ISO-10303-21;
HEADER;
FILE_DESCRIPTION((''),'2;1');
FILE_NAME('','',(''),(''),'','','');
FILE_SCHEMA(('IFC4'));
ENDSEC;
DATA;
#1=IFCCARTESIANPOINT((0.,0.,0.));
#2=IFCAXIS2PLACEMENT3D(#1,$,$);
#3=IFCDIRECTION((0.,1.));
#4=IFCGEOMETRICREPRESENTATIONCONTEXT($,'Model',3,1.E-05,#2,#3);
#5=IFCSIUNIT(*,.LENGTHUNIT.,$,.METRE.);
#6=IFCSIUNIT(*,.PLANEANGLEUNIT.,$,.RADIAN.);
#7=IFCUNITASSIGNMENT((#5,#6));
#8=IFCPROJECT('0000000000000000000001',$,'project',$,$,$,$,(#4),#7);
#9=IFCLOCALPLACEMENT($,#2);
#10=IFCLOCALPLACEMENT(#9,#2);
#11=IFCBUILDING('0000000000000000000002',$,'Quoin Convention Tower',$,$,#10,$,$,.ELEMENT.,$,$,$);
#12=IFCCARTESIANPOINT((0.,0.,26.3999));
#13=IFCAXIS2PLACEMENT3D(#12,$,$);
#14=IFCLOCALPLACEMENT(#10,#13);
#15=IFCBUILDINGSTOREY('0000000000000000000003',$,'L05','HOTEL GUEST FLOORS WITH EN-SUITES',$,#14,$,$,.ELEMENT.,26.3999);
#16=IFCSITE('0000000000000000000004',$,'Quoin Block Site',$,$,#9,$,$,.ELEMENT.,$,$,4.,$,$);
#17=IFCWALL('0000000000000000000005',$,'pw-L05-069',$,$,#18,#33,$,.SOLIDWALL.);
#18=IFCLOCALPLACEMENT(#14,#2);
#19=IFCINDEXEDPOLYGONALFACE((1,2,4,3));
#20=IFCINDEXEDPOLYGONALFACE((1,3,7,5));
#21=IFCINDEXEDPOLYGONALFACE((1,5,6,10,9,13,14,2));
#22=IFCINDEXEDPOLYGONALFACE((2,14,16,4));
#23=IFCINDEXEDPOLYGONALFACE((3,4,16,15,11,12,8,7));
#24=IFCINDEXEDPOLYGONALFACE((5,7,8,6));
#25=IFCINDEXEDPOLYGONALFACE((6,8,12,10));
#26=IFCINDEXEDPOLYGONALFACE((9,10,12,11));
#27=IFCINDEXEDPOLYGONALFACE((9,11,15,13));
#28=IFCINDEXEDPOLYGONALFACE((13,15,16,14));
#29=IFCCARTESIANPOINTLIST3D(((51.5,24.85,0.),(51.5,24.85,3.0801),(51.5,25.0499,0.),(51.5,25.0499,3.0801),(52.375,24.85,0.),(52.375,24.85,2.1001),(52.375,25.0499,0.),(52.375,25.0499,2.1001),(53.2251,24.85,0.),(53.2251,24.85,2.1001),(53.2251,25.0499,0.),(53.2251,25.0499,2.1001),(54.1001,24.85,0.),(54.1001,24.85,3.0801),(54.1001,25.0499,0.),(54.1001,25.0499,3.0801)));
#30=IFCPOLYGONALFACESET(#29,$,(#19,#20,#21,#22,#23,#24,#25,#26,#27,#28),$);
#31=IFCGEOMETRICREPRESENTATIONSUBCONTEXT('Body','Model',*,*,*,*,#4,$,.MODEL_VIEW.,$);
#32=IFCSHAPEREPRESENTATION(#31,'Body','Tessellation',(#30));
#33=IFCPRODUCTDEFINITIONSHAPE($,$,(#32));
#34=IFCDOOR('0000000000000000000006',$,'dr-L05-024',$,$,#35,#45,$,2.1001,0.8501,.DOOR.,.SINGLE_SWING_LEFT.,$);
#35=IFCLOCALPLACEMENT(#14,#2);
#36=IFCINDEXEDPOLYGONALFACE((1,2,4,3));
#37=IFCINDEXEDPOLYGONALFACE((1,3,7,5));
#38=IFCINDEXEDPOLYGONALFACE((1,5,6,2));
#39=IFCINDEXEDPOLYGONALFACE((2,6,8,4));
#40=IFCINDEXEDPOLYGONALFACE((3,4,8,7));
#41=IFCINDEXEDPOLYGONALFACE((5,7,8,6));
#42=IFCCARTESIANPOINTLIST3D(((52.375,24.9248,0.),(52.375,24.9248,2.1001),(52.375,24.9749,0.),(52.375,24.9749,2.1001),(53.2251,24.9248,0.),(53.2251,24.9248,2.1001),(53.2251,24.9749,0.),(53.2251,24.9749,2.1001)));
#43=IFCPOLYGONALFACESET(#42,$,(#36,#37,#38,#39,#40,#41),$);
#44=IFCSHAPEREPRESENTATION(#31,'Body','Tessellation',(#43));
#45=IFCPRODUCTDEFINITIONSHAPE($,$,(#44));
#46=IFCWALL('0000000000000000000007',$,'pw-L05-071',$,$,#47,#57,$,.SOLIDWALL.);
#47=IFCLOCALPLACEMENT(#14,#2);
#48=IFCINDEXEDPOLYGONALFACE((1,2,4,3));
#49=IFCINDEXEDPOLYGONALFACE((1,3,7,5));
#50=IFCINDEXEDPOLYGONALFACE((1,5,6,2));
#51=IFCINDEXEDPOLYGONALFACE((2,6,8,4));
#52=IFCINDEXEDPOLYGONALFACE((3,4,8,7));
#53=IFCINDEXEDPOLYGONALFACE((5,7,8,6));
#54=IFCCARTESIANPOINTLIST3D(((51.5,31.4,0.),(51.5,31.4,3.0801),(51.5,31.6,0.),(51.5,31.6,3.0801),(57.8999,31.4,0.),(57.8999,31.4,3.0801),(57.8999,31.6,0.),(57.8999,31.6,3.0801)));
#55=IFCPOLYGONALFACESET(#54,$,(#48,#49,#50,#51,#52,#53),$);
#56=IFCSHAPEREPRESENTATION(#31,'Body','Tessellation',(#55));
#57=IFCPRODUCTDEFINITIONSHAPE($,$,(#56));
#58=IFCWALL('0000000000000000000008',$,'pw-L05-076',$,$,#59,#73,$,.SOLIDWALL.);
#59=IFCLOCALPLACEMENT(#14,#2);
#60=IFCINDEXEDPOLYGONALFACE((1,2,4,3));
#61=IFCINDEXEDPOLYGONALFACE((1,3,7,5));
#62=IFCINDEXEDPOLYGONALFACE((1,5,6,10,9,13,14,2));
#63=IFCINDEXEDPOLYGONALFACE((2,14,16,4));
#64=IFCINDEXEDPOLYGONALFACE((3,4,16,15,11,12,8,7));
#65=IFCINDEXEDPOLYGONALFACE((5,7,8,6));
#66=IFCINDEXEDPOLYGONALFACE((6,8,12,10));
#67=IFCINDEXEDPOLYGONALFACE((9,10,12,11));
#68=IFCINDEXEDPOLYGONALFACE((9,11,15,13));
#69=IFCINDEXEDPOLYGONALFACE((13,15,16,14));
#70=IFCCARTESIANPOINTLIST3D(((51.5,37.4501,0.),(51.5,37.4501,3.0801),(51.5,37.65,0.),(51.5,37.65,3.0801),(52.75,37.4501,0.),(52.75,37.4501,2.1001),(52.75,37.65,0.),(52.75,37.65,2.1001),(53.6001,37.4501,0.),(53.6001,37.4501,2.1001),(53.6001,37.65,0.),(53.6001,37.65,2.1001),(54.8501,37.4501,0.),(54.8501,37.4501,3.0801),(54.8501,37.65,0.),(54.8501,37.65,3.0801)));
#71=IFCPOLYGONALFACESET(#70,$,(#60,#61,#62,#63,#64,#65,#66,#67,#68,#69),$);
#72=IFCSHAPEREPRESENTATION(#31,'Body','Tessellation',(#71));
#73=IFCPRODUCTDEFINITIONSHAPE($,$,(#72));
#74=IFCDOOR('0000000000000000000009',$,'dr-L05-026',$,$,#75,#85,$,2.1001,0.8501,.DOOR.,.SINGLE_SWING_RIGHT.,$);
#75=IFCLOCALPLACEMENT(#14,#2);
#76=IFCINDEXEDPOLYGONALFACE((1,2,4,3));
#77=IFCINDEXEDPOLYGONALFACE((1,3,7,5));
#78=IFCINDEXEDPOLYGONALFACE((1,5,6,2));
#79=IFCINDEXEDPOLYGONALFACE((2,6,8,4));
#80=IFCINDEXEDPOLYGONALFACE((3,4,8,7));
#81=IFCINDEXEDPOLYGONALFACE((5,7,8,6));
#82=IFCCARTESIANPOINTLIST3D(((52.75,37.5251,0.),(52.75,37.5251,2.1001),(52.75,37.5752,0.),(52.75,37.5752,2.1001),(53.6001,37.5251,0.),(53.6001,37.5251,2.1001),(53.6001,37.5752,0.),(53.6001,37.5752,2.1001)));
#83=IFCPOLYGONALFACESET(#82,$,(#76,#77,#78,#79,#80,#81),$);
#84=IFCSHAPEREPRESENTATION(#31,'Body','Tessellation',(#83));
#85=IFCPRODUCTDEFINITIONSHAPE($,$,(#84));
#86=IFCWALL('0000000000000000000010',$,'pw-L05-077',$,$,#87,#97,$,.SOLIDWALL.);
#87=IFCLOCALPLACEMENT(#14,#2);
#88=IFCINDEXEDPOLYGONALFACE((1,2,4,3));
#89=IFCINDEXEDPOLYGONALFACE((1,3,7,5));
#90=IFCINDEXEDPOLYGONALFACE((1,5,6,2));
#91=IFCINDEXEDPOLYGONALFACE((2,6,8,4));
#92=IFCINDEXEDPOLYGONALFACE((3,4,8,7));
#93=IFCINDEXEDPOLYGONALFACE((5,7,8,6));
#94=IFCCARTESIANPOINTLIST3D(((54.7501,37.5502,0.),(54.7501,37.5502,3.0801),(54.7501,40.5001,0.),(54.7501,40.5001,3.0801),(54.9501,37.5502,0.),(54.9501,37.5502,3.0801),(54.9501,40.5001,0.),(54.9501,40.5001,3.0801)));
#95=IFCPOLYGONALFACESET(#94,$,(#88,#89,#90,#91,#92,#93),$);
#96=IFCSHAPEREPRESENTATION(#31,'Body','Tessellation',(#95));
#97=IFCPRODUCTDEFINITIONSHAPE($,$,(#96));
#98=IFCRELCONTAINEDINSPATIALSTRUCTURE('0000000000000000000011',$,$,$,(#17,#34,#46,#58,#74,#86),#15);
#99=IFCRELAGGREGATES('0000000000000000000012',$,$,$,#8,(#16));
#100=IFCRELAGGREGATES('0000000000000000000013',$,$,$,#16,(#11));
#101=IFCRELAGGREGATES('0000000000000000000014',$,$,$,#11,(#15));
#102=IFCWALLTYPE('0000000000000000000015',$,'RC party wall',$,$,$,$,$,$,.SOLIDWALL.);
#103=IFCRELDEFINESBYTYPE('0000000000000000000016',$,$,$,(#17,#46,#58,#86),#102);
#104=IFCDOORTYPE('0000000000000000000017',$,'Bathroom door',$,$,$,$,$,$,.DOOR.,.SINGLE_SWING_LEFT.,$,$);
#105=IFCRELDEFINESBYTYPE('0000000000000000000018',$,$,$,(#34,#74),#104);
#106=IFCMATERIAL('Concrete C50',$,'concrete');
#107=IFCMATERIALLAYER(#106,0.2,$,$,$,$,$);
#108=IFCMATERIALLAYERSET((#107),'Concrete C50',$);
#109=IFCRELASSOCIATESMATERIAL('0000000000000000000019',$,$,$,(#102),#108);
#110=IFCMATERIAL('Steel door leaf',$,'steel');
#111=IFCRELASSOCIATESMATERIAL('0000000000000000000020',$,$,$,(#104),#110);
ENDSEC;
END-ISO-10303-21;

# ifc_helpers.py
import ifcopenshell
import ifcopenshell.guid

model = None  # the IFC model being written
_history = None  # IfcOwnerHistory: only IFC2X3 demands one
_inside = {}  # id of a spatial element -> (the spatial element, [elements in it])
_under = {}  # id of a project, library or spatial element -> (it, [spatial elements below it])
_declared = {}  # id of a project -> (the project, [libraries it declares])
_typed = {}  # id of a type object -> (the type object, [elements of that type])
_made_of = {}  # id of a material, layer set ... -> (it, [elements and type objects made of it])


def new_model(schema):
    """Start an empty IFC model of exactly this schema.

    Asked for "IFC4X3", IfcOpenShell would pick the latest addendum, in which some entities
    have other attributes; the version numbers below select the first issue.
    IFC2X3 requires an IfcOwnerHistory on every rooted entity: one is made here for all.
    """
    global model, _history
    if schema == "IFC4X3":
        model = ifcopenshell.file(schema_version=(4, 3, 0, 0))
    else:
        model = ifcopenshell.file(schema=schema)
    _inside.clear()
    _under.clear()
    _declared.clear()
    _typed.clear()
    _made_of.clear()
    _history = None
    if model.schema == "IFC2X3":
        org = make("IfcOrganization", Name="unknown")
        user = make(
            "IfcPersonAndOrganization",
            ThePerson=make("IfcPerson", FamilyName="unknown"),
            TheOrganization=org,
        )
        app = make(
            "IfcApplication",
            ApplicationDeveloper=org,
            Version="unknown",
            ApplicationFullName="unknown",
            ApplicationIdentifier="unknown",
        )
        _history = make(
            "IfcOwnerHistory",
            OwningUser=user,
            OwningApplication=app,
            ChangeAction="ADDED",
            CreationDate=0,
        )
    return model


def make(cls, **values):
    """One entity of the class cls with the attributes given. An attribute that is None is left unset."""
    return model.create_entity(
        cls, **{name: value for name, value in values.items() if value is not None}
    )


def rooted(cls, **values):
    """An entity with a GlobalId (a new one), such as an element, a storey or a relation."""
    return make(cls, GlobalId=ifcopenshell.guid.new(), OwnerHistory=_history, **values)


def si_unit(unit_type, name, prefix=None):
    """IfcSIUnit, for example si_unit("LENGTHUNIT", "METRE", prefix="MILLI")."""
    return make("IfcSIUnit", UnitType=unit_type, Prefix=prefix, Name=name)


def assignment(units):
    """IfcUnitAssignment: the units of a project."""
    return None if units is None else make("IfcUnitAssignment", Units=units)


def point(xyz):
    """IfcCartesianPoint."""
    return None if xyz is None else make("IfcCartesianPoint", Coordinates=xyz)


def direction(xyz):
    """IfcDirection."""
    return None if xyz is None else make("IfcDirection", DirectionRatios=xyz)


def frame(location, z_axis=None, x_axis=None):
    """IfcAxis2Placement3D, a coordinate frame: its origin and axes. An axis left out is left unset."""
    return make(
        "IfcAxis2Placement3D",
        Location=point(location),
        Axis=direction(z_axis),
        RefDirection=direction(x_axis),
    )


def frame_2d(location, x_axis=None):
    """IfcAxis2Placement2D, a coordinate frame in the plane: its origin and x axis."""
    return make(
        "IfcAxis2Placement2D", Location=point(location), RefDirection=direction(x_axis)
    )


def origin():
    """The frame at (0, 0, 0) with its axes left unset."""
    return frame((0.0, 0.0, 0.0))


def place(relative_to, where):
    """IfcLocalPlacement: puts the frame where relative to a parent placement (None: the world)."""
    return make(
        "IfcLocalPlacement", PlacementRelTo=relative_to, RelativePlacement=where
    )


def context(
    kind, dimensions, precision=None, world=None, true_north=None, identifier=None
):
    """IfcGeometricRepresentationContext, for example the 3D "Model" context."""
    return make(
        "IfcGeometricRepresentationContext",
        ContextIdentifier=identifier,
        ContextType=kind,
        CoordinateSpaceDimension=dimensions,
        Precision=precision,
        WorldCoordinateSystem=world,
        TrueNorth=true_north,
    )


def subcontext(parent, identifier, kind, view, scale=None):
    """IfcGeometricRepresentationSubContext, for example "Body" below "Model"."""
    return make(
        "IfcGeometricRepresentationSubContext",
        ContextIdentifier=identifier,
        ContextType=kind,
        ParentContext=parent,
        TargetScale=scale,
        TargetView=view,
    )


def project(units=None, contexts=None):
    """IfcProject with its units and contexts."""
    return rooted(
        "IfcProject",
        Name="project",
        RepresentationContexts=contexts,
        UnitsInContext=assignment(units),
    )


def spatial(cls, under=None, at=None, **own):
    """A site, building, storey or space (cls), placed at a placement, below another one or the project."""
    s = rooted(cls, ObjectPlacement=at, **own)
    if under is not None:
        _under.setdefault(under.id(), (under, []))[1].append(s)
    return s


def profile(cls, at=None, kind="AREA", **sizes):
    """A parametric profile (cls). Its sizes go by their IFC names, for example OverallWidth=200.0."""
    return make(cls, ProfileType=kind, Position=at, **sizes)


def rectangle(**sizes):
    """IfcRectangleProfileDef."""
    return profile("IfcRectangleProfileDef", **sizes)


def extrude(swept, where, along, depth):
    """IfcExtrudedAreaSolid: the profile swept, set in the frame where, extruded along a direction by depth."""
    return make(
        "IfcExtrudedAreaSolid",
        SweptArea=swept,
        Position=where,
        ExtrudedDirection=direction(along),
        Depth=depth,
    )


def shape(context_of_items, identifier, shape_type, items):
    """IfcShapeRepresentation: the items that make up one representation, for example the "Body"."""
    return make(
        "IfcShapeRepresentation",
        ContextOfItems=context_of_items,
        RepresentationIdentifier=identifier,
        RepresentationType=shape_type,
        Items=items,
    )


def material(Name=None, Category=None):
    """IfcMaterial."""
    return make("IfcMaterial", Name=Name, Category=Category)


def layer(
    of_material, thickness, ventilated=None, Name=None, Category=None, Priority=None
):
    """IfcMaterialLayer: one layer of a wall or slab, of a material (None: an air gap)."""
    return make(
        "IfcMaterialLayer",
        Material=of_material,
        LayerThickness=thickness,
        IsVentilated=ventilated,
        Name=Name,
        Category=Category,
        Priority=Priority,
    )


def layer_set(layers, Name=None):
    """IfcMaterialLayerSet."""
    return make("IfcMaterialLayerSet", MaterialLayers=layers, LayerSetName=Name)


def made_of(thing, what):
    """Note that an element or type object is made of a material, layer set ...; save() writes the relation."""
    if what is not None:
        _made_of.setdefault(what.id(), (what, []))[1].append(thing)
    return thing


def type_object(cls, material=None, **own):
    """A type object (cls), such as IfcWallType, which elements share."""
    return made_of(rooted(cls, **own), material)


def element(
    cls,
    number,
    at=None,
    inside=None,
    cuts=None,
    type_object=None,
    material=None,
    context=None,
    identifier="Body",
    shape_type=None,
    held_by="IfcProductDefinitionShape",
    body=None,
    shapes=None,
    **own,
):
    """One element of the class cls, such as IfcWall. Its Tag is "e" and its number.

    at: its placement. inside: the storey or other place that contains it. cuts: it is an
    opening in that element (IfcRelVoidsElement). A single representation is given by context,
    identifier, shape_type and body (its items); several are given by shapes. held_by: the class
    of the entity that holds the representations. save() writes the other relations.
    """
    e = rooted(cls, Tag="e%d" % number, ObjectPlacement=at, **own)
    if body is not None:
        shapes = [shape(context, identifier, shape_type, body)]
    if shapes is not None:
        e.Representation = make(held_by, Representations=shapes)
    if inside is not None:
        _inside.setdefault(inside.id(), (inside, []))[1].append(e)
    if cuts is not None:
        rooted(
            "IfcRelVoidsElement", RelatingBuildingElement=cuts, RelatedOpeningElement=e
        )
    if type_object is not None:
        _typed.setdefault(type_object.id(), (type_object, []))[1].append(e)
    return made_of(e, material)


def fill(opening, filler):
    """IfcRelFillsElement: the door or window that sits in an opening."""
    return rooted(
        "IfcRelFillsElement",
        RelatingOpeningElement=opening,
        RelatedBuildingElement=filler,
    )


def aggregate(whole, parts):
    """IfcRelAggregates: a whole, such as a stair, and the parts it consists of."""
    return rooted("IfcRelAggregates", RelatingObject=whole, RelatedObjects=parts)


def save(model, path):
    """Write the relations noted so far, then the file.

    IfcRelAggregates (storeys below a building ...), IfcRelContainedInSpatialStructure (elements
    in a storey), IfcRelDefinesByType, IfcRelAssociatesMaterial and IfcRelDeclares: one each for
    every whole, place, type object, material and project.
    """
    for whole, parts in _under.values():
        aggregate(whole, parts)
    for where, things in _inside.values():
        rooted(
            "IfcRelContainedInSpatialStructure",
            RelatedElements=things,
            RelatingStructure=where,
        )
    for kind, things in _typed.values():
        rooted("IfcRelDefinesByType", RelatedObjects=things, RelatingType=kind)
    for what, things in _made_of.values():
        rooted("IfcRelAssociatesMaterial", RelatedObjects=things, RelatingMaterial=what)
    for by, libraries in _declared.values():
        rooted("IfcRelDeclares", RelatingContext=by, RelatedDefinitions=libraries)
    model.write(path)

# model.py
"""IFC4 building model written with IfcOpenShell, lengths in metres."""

from ifc_helpers import new_model, si_unit, direction, frame, frame_2d, origin, place, context, subcontext, project, spatial, rectangle, extrude, material, layer, layer_set, type_object, element, fill, save


model = new_model("IFC4")

# Units and contexts
model_context = context("Model", 3, precision=1e-05, world=origin(), true_north=direction((0.0, 1.0)))
body_context = subcontext(model_context, "Body", "Model", "MODEL_VIEW")
ifc_project = project(units=[si_unit("LENGTHUNIT", "METRE"), si_unit("PLANEANGLEUNIT", "RADIAN")], contexts=[model_context])

# Site, building, storey
site_placement = place(None, origin())
site = spatial("IfcSite", under=ifc_project, at=site_placement, Name="Quoin Block Site", CompositionType="ELEMENT", RefElevation=4.0)
building_placement = place(site_placement, origin())
building = spatial("IfcBuilding", under=site, at=building_placement, Name="Quoin Convention Tower", CompositionType="ELEMENT")
storey_placement = place(building_placement, frame((0.0, 0.0, 26.3999)))
storey = spatial("IfcBuildingStorey", under=building, at=storey_placement, Name="L05", Description="HOTEL GUEST FLOORS WITH EN-SUITES", CompositionType="ELEMENT", Elevation=26.3999)

# Wall, opening, door
ifc_material_1 = material(Name="Concrete C50", Category="concrete")
ifc_layer = layer(ifc_material_1, 0.2)
ifc_layer_set = layer_set([ifc_layer], Name="Concrete C50")
wall_type = type_object("IfcWallType", Name="RC party wall", PredefinedType="SOLIDWALL", material=ifc_layer_set)
wall_1_placement = place(storey_placement, frame((51.5, 24.95, 0.0), z_axis=(0.0, 0.0, 1.0), x_axis=(1.0, 0.0, 0.0)))
wall_1 = element("IfcWall", 1, at=wall_1_placement, inside=storey, type_object=wall_type, Name="pw-L05-069", PredefinedType="SOLIDWALL", context=body_context, shape_type="SweptSolid", body=[
    extrude(rectangle(XDim=2.6001, YDim=0.2, at=frame_2d((1.3, 0.0))), origin(), (0.0, 0.0, 1.0), 3.0801),
])
opening_1_placement = place(wall_1_placement, frame((0.875, 0.0, 0.0)))
opening_1 = element("IfcOpeningElement", 2, at=opening_1_placement, cuts=wall_1, PredefinedType="OPENING", context=body_context, shape_type="SweptSolid", body=[
    extrude(rectangle(XDim=0.8501, YDim=2.1001, at=frame_2d((0.425, 1.05))), frame((0.0, 0.1099, 0.0), z_axis=(0.0, -1.0, 0.0), x_axis=(1.0, 0.0, 0.0)), (0.0, 0.0, 1.0), 0.22),
])
ifc_material_2 = material(Name="Steel door leaf", Category="steel")
door_type = type_object("IfcDoorType", Name="Bathroom door", OperationType="SINGLE_SWING_LEFT", PredefinedType="DOOR", material=ifc_material_2)
door_1_placement = place(opening_1_placement, origin())
door_1 = element("IfcDoor", 3, at=door_1_placement, inside=storey, type_object=door_type, Name="dr-L05-024", OperationType="SINGLE_SWING_LEFT", OverallHeight=2.1001, OverallWidth=0.8501, PredefinedType="DOOR", context=body_context, shape_type="SweptSolid", body=[
    extrude(rectangle(XDim=0.8501, YDim=2.1001, at=frame_2d((0.425, 1.05))), frame((0.0, 0.0249, 0.0), z_axis=(0.0, -1.0, 0.0), x_axis=(1.0, 0.0, 0.0)), (0.0, 0.0, 1.0), 0.05),
])
fill(opening_1, door_1)

# Wall
wall_2_placement = place(storey_placement, frame((51.5, 31.5, 0.0), z_axis=(0.0, 0.0, 1.0), x_axis=(1.0, 0.0, 0.0)))
element("IfcWall", 4, at=wall_2_placement, inside=storey, type_object=wall_type, Name="pw-L05-071", PredefinedType="SOLIDWALL", context=body_context, shape_type="SweptSolid", body=[
    extrude(rectangle(XDim=6.3999, YDim=0.2, at=frame_2d((3.2, 0.0))), origin(), (0.0, 0.0, 1.0), 3.0801),
])

# Wall, opening, door
wall_3_placement = place(storey_placement, frame((51.5, 37.55, 0.0), z_axis=(0.0, 0.0, 1.0), x_axis=(1.0, 0.0, 0.0)))
wall_3 = element("IfcWall", 5, at=wall_3_placement, inside=storey, type_object=wall_type, Name="pw-L05-076", PredefinedType="SOLIDWALL", context=body_context, shape_type="SweptSolid", body=[
    extrude(rectangle(XDim=3.3501, YDim=0.2, at=frame_2d((1.675, 0.0))), origin(), (0.0, 0.0, 1.0), 3.0801),
])
opening_2_placement = place(wall_3_placement, frame((1.25, 0.0, 0.0)))
opening_2 = element("IfcOpeningElement", 6, at=opening_2_placement, cuts=wall_3, PredefinedType="OPENING", context=body_context, shape_type="SweptSolid", body=[
    extrude(rectangle(XDim=0.8501, YDim=2.1001, at=frame_2d((0.425, 1.05))), frame((0.0, 0.1099, 0.0), z_axis=(0.0, -1.0, 0.0), x_axis=(1.0, 0.0, 0.0)), (0.0, 0.0, 1.0), 0.22),
])
door_2_placement = place(opening_2_placement, frame((0.8501, 0.0, 0.0), z_axis=(0.0, 0.0, 1.0), x_axis=(-1.0, 0.0, 0.0)))
door_2 = element("IfcDoor", 7, at=door_2_placement, inside=storey, type_object=door_type, Name="dr-L05-026", OperationType="SINGLE_SWING_RIGHT", OverallHeight=2.1001, OverallWidth=0.8501, PredefinedType="DOOR", context=body_context, shape_type="SweptSolid", body=[
    extrude(rectangle(XDim=0.8501, YDim=2.1001, at=frame_2d((0.425, 1.05))), frame((0.0, 0.0249, 0.0), z_axis=(0.0, -1.0, 0.0), x_axis=(1.0, 0.0, 0.0)), (0.0, 0.0, 1.0), 0.05),
])
fill(opening_2, door_2)

# Wall
wall_4_placement = place(storey_placement, frame((54.8501, 37.55, 0.0), z_axis=(0.0, 0.0, 1.0), x_axis=(0.0, 1.0, 0.0)))
element("IfcWall", 8, at=wall_4_placement, inside=storey, type_object=wall_type, Name="pw-L05-077", PredefinedType="SOLIDWALL", context=body_context, shape_type="SweptSolid", body=[
    extrude(rectangle(XDim=2.95, YDim=0.2, at=frame_2d((1.4751, 0.0))), origin(), (0.0, 0.0, 1.0), 3.0801),
])

save(model, "model.ifc")
